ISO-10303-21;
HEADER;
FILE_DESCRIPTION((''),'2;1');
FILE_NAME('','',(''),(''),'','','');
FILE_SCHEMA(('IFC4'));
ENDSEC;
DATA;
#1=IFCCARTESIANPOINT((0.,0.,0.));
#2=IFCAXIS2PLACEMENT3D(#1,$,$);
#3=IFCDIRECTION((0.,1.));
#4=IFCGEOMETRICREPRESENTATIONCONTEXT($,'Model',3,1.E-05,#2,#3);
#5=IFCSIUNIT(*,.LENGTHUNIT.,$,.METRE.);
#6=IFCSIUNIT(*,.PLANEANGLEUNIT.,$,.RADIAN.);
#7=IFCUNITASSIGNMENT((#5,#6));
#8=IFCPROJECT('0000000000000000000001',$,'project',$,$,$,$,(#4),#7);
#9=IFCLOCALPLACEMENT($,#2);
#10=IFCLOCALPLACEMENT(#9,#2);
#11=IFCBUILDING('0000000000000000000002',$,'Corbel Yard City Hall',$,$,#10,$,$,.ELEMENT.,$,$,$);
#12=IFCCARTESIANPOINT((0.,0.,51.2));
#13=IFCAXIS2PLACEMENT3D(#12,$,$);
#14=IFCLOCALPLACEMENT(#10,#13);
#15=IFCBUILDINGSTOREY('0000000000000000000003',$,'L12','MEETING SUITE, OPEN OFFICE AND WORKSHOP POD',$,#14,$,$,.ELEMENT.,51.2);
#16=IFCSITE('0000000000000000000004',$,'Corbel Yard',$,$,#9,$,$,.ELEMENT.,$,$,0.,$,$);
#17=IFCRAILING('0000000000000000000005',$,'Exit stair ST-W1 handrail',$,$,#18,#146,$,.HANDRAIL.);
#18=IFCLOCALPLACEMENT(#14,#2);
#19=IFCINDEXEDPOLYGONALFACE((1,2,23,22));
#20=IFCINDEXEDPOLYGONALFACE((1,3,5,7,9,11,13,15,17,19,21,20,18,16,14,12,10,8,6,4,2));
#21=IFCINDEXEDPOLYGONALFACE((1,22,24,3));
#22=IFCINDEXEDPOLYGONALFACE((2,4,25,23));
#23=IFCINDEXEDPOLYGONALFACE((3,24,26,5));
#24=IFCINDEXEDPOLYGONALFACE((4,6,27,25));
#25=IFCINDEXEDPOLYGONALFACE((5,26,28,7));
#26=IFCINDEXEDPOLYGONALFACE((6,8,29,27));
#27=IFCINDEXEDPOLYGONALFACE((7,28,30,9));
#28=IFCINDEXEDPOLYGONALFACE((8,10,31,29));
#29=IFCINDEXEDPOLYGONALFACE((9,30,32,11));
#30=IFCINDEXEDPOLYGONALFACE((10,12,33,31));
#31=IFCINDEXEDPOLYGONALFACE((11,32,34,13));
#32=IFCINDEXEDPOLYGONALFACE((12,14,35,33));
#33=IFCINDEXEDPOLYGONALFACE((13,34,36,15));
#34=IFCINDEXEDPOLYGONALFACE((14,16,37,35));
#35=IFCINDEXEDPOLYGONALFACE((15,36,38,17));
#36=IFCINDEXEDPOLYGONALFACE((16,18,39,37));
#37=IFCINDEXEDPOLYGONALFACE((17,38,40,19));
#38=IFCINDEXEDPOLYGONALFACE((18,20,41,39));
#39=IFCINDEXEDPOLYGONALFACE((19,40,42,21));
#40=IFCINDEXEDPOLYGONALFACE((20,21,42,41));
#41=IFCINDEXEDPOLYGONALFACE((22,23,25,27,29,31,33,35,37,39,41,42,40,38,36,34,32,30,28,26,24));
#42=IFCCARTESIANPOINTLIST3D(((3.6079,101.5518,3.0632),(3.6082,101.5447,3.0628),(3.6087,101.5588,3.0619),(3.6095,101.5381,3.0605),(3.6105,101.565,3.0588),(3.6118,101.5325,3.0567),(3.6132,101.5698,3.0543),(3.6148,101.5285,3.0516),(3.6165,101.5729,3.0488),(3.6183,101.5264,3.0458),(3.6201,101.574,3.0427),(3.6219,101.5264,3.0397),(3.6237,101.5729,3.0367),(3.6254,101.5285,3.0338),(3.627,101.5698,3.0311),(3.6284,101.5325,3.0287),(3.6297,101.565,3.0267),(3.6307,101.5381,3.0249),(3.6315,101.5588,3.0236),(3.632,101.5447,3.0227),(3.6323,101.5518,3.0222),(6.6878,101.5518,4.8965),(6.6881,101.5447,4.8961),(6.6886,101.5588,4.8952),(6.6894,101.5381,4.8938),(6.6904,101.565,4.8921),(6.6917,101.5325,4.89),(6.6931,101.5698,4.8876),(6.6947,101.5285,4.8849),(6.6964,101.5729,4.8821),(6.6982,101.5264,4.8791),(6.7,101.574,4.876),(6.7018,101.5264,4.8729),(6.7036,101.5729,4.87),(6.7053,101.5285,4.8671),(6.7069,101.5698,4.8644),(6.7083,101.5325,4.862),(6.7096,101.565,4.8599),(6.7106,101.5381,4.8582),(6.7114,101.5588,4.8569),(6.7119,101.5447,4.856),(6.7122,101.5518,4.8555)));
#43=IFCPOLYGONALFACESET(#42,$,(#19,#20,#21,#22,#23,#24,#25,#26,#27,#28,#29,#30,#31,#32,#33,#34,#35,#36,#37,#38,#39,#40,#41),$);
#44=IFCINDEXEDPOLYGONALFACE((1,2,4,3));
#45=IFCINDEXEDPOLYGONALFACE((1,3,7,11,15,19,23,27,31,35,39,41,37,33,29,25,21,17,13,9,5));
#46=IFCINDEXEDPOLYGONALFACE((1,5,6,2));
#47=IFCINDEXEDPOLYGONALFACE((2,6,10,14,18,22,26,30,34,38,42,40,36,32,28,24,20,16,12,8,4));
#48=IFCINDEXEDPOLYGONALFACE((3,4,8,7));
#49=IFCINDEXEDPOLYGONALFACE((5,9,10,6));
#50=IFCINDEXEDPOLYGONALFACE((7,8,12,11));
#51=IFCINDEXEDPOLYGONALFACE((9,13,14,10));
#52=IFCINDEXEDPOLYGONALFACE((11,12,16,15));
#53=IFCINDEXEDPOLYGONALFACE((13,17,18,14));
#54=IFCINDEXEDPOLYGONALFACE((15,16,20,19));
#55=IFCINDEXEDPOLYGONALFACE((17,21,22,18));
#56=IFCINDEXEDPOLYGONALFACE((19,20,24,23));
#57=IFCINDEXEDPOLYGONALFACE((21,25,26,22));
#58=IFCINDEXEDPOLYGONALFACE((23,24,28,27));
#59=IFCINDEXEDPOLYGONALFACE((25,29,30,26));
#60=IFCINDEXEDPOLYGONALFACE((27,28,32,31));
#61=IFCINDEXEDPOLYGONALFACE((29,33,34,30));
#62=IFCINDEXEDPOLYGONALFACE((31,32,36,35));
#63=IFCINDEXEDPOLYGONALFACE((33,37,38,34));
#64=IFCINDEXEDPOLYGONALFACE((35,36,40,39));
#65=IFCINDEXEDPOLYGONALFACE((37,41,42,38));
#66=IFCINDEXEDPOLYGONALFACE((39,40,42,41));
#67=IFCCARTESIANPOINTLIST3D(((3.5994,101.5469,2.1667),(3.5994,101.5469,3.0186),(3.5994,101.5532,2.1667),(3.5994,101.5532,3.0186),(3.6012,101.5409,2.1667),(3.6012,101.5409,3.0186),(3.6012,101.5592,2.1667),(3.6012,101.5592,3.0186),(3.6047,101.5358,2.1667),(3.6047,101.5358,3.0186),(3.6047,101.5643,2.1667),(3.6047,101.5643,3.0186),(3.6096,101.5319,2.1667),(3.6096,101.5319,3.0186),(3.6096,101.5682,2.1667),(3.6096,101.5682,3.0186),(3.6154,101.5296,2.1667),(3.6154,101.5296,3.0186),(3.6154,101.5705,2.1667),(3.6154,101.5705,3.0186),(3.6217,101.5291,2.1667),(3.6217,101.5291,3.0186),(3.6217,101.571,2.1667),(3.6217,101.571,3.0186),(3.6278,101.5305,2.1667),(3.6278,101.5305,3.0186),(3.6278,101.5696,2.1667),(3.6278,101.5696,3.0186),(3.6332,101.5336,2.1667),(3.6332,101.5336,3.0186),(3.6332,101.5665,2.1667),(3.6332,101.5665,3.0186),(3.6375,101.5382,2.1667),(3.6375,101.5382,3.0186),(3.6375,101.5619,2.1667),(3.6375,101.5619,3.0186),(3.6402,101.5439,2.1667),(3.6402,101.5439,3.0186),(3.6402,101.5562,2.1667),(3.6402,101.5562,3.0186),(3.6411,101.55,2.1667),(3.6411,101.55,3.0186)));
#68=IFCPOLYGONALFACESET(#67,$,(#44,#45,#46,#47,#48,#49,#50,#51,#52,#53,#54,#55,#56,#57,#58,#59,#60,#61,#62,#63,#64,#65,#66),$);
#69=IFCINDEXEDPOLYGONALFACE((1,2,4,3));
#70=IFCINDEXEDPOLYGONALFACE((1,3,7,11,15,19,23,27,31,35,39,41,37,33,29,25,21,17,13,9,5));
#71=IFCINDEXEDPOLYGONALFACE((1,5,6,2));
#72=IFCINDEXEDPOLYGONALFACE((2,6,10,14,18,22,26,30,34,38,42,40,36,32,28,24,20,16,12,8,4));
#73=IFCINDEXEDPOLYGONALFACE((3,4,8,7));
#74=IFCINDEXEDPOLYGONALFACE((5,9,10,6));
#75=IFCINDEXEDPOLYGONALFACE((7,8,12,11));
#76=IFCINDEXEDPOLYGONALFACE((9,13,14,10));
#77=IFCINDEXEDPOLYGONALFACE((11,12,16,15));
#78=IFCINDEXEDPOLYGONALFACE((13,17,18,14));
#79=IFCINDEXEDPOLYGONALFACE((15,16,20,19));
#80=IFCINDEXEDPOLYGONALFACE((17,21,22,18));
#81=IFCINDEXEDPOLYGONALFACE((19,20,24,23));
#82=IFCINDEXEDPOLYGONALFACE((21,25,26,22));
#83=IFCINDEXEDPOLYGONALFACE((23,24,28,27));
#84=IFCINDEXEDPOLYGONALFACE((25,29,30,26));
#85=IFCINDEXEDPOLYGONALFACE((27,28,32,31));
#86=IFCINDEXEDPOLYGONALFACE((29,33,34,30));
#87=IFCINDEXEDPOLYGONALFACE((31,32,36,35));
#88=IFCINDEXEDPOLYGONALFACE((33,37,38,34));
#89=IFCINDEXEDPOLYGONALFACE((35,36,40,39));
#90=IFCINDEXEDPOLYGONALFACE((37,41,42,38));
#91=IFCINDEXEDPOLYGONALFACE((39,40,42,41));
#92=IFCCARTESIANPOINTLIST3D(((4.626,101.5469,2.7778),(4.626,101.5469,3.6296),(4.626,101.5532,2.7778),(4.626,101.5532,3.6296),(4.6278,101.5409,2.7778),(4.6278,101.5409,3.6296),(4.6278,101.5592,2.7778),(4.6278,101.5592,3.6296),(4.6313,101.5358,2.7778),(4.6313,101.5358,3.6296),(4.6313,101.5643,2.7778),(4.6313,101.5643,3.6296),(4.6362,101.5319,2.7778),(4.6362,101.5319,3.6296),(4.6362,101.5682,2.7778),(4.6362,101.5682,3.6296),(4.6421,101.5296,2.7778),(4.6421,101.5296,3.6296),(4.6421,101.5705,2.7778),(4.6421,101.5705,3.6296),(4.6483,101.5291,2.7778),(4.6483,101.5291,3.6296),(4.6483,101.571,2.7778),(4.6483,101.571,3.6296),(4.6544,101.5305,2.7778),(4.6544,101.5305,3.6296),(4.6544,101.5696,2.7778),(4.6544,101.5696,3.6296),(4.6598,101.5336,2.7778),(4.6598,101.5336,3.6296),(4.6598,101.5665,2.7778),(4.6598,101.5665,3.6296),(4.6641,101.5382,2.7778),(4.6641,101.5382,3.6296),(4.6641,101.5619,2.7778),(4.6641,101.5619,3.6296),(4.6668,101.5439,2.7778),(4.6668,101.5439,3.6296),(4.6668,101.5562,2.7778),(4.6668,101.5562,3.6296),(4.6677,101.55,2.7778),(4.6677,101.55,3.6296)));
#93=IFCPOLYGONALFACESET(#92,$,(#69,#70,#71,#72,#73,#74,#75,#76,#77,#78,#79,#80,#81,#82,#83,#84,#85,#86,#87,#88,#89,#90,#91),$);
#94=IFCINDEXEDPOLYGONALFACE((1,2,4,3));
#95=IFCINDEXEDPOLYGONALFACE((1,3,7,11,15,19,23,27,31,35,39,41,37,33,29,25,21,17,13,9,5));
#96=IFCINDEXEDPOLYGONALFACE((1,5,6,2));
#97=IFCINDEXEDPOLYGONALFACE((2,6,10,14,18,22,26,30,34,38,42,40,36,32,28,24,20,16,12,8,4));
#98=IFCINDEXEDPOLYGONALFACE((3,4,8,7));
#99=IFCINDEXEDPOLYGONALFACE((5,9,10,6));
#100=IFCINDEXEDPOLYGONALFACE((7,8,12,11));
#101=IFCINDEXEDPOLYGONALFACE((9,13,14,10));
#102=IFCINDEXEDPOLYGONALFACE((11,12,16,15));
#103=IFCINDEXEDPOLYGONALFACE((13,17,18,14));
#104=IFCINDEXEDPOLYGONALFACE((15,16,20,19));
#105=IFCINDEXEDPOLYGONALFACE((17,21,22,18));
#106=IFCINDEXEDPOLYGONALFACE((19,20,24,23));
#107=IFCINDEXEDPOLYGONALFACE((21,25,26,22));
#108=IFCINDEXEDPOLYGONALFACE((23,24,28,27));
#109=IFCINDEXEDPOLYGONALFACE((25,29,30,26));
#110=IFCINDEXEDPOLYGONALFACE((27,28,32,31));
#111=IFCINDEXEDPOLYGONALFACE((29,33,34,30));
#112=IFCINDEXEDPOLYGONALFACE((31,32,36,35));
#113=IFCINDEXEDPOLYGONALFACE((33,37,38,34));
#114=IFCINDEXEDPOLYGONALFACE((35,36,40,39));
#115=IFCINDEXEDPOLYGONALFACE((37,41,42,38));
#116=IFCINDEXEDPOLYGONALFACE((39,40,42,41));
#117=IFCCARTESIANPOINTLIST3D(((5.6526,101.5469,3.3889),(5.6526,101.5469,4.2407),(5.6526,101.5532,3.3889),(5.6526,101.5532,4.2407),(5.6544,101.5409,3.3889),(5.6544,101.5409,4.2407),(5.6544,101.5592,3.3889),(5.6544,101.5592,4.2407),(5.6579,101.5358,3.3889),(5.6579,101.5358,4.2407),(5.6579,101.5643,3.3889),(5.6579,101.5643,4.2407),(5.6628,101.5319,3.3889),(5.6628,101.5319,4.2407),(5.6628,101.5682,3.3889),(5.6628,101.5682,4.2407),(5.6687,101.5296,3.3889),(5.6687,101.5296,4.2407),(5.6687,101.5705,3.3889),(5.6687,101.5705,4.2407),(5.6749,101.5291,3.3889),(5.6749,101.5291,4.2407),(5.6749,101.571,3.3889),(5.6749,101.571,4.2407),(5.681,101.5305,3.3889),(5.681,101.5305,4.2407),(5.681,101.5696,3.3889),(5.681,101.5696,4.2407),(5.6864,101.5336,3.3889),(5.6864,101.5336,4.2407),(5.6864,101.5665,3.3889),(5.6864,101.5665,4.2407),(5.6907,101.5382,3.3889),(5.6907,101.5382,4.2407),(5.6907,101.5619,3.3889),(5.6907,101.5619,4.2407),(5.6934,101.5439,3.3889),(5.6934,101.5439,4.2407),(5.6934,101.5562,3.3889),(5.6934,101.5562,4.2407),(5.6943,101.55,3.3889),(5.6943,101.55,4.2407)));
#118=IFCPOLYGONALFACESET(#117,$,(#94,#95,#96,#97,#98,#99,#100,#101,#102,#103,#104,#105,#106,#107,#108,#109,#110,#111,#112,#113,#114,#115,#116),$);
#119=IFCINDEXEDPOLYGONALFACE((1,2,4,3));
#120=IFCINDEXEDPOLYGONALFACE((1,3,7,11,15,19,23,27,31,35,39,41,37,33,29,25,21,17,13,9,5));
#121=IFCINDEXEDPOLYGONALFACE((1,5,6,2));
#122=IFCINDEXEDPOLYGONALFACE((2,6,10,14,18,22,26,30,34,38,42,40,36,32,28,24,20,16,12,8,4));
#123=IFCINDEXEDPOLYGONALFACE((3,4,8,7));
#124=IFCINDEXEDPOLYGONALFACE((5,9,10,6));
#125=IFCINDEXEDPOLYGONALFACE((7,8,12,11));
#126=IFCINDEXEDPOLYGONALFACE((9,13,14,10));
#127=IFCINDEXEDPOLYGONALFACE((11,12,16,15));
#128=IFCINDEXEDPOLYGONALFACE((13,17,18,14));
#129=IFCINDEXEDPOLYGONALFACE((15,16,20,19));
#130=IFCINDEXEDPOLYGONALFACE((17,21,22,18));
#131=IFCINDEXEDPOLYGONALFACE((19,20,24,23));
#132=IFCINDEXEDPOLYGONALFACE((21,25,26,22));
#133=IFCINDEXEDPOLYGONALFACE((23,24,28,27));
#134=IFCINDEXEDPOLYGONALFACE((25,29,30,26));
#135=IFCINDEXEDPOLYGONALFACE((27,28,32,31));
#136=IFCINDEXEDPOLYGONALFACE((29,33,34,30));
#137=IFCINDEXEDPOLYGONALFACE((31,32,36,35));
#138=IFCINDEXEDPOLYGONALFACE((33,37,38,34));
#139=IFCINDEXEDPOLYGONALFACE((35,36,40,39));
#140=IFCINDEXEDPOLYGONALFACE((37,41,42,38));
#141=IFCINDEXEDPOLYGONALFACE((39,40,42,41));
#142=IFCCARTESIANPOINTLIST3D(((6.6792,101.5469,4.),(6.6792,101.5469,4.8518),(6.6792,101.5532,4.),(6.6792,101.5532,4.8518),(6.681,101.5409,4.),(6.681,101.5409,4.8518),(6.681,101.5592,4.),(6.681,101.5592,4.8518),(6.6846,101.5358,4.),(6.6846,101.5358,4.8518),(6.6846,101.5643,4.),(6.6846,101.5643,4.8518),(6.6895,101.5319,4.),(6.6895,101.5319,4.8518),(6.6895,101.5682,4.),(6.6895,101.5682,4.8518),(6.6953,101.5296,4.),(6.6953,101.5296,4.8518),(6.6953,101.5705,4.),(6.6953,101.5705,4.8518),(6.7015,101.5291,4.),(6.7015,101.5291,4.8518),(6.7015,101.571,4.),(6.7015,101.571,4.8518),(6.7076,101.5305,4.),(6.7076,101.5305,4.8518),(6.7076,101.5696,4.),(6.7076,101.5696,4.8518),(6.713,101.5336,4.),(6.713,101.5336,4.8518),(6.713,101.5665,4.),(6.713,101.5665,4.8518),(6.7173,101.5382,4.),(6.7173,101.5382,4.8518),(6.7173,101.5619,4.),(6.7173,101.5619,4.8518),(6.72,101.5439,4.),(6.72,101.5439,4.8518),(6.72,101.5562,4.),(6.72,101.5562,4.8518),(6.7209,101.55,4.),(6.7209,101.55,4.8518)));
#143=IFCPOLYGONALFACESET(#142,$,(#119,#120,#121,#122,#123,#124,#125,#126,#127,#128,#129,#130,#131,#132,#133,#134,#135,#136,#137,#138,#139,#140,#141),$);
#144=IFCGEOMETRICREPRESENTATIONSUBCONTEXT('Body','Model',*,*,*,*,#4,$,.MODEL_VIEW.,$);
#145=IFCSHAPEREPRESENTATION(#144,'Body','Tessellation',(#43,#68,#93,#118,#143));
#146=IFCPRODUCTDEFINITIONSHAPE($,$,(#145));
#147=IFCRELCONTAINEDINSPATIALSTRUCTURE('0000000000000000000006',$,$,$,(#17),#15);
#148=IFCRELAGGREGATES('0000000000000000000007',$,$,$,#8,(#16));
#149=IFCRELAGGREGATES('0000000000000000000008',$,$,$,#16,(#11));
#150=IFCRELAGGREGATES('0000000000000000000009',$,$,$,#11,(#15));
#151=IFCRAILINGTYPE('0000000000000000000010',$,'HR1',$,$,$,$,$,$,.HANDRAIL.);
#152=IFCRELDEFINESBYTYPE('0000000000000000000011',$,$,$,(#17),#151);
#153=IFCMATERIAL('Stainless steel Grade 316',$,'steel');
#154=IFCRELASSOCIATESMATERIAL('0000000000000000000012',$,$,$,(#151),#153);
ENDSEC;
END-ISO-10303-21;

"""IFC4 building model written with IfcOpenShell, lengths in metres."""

from ifc_helpers import new_model, si_unit, direction, frame, origin, origin_2d, place, context, subcontext, project, spatial, circle, extrude, material, type_object, element, save


model = new_model("IFC4")

# Units and contexts
model_context = context("Model", 3, precision=1e-05, world=origin(), true_north=direction((0.0, 1.0)))
body_context = subcontext(model_context, "Body", "Model", "MODEL_VIEW")
ifc_project = project(units=[si_unit("LENGTHUNIT", "METRE"), si_unit("PLANEANGLEUNIT", "RADIAN")], contexts=[model_context])

# Site, building, storey
site_placement = place(None, origin())
site = spatial("IfcSite", under=ifc_project, at=site_placement, Name="Corbel Yard", CompositionType="ELEMENT", RefElevation=0.0)
building_placement = place(site_placement, origin())
building = spatial("IfcBuilding", under=site, at=building_placement, Name="Corbel Yard City Hall", CompositionType="ELEMENT")
storey_placement = place(building_placement, frame((0.0, 0.0, 51.2)))
storey = spatial("IfcBuildingStorey", under=building, at=storey_placement, Name="L12", Description="MEETING SUITE, OPEN OFFICE AND WORKSHOP POD", CompositionType="ELEMENT", Elevation=51.2)

# Railing
ifc_material_1 = material(Name="Stainless steel Grade 316", Category="steel")
railing_type = type_object("IfcRailingType", Name="HR1", PredefinedType="HANDRAIL", material=ifc_material_1)
railing_placement = place(storey_placement, frame((3.6201, 101.55, 2.1667)))
element("IfcRailing", 1, at=railing_placement, inside=storey, type_object=railing_type, Name="Exit stair ST-W1 handrail", PredefinedType="HANDRAIL", context=body_context, shape_type="SweptSolid", body=[
    extrude(circle(Radius=0.0239, at=origin_2d()), frame((0.0, 0.0, 0.876), z_axis=(0.859291, 0.0, 0.511487), x_axis=(0.0, 1.0, 0.0)), (0.0, 0.0, 1.0), 3.5842),
    extrude(circle(Radius=0.021, at=origin_2d()), origin(), (0.0, 0.0, 1.0), 0.8518),
    extrude(circle(Radius=0.021, at=origin_2d()), frame((1.0266, 0.0, 0.6111)), (0.0, 0.0, 1.0), 0.8518),
    extrude(circle(Radius=0.021, at=origin_2d()), frame((2.0532, 0.0, 1.2222)), (0.0, 0.0, 1.0), 0.8518),
    extrude(circle(Radius=0.021, at=origin_2d()), frame((3.0798, 0.0, 1.8333)), (0.0, 0.0, 1.0), 0.8518),
])

save(model, "model.ifc")
